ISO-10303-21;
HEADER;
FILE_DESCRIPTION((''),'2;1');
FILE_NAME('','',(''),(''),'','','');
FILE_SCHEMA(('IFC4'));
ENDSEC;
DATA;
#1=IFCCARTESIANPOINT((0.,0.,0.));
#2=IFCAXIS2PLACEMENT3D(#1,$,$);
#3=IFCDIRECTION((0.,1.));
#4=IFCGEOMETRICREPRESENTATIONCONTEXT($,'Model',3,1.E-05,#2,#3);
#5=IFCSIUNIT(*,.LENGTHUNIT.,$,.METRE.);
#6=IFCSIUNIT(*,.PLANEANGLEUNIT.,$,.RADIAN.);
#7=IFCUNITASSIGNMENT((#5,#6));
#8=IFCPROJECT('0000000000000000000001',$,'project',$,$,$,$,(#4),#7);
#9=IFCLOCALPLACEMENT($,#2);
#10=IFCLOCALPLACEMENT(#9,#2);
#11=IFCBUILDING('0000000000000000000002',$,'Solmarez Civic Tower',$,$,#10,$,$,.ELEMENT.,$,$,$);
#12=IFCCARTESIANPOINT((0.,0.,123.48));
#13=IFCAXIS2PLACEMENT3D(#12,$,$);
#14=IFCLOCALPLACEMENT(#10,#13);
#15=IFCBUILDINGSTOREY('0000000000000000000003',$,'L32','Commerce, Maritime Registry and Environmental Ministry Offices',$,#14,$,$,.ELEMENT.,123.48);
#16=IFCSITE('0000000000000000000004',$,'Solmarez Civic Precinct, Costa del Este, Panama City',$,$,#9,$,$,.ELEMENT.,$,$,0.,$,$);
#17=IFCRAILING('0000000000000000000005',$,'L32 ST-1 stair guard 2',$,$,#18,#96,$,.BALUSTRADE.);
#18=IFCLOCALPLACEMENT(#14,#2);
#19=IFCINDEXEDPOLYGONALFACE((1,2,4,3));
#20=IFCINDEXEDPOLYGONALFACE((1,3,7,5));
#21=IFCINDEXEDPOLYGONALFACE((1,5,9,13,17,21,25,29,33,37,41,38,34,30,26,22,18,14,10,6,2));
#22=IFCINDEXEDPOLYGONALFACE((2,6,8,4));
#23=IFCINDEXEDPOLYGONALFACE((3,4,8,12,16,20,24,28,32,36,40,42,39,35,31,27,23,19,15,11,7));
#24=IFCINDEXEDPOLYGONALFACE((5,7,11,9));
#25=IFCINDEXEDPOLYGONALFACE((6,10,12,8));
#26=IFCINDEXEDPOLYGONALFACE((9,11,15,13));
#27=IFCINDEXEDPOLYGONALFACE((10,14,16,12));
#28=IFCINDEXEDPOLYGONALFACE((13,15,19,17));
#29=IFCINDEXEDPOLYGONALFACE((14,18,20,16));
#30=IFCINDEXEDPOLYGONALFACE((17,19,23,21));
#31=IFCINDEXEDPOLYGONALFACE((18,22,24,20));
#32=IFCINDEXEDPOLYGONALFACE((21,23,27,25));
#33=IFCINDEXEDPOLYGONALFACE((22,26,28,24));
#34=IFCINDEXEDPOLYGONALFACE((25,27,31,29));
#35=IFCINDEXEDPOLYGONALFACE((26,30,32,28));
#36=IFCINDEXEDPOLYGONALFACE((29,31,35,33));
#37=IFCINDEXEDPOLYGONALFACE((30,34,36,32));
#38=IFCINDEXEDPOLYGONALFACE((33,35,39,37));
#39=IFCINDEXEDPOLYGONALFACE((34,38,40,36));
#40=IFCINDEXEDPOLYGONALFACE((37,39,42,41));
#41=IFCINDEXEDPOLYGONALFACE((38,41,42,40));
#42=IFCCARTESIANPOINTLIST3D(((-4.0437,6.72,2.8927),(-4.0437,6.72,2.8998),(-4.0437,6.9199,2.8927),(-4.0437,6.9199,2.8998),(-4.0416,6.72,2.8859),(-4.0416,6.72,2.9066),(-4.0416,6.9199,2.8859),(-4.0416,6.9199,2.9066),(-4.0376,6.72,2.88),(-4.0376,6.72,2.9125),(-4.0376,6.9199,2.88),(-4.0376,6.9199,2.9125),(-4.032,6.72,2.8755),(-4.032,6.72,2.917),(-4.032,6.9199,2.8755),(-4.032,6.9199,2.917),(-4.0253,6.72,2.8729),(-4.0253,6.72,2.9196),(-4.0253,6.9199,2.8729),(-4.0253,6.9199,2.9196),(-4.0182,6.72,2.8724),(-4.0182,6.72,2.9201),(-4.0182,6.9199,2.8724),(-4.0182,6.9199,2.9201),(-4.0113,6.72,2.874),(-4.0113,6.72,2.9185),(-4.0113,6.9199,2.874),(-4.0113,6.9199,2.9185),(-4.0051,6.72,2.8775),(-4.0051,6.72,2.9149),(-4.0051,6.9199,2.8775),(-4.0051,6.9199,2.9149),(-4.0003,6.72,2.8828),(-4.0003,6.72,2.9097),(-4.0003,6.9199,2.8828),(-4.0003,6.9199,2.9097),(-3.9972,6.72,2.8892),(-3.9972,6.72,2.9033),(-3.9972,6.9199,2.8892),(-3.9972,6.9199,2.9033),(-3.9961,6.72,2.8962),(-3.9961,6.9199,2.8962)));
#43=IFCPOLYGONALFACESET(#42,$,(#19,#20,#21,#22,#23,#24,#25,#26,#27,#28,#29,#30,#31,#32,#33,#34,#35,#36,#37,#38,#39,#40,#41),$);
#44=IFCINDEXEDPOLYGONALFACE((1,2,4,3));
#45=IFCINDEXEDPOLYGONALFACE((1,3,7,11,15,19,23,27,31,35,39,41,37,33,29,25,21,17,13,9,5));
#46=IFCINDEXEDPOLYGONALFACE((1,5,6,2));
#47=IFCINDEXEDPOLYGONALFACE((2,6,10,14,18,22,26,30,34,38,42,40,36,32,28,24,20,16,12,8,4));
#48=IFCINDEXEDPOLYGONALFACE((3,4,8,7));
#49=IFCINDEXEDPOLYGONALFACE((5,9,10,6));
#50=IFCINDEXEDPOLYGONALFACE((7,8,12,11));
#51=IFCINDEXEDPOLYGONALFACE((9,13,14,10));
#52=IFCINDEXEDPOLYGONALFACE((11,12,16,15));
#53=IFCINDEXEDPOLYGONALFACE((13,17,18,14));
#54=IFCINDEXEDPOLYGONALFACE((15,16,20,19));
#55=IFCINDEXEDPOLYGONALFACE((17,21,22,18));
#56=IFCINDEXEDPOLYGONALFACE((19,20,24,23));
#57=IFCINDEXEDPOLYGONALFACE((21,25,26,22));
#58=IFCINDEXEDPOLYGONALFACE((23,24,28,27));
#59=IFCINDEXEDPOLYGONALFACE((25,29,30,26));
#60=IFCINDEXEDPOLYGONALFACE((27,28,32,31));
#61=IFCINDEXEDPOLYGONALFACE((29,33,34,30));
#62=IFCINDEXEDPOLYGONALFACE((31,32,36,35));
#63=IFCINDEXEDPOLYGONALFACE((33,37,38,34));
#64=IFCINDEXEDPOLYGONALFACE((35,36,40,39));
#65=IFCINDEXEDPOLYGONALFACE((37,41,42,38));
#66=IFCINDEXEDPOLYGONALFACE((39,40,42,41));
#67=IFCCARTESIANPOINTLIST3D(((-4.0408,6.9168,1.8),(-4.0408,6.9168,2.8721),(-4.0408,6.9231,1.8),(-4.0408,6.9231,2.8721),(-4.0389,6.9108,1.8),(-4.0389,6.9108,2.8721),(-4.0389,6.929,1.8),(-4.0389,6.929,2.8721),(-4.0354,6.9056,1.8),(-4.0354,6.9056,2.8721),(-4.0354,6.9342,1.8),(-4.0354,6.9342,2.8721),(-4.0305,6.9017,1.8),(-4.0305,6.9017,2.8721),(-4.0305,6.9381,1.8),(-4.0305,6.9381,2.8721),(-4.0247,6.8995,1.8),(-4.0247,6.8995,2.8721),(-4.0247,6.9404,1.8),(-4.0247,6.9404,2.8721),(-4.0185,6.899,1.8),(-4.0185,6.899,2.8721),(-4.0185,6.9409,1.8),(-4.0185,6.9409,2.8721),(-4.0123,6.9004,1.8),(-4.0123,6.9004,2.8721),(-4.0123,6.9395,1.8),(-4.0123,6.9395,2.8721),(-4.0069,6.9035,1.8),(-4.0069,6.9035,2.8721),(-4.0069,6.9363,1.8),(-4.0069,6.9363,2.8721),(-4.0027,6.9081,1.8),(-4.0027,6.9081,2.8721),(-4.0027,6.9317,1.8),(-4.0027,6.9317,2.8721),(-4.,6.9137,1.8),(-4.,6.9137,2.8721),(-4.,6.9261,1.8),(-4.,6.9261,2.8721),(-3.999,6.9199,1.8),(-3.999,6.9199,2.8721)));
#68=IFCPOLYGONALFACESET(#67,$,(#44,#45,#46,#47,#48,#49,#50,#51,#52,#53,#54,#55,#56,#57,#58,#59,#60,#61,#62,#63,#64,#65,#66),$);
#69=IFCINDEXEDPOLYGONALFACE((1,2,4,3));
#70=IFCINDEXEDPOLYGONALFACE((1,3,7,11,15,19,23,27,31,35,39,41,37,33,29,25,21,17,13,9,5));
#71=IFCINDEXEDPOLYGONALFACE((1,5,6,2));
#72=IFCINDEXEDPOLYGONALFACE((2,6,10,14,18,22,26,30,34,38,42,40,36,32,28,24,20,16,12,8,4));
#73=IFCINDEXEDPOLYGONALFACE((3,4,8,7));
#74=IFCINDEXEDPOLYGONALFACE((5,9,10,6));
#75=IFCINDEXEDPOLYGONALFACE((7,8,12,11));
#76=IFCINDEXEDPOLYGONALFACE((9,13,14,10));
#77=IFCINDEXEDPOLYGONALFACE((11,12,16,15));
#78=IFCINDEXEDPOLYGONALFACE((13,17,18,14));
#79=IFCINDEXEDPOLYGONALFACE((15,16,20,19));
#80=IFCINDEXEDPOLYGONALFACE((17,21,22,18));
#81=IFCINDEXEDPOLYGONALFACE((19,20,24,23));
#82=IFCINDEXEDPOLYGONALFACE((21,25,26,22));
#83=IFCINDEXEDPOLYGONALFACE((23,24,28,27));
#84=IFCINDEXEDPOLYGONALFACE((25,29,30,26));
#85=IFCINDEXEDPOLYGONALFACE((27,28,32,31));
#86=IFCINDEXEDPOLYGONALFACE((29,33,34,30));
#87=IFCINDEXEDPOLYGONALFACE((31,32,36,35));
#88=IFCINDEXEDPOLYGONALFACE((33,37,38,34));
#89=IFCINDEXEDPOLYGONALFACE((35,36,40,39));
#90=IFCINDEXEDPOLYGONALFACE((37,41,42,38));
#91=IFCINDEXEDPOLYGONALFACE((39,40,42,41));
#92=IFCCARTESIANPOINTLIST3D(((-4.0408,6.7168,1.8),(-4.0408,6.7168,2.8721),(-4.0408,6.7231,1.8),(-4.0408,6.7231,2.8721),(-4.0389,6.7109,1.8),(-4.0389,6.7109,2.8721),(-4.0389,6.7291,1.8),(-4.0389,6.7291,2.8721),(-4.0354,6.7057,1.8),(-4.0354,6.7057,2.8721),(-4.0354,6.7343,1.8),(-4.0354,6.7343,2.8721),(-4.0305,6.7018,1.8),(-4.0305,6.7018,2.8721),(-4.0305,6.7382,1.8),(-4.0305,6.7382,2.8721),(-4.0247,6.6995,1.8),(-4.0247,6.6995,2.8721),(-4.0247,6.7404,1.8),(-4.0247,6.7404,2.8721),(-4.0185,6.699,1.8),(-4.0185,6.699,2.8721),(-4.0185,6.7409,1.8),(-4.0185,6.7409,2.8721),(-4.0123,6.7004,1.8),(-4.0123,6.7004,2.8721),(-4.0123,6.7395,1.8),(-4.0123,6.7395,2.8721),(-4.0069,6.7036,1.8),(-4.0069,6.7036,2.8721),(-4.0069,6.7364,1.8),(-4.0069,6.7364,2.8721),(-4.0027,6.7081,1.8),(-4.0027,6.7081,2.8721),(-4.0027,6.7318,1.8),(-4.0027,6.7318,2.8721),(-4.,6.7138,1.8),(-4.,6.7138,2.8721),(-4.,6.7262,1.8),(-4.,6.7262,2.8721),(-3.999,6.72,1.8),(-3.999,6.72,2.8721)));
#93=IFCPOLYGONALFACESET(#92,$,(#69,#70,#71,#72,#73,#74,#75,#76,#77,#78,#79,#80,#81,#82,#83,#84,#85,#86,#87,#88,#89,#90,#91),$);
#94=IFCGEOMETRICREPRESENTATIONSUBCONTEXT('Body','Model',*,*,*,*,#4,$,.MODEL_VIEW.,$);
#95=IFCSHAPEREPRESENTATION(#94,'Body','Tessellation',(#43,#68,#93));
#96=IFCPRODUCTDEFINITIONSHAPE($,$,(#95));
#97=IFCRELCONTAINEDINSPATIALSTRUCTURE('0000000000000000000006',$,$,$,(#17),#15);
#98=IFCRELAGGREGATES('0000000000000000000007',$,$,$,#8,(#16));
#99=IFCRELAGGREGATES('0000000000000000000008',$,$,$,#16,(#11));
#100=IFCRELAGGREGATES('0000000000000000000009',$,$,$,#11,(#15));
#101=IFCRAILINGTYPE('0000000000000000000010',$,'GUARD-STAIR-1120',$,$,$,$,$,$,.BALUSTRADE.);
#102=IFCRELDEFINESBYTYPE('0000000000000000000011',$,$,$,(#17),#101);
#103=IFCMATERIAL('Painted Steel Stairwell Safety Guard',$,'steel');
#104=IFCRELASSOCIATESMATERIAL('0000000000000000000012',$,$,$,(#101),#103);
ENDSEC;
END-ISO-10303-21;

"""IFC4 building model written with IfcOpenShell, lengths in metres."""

from ifc_helpers import new_model, si_unit, direction, frame, origin, origin_2d, place, context, subcontext, project, spatial, circle, extrude, material, type_object, element, save


model = new_model("IFC4")

# Units and contexts
model_context = context("Model", 3, precision=1e-05, world=origin(), true_north=direction((0.0, 1.0)))
body_context = subcontext(model_context, "Body", "Model", "MODEL_VIEW")
ifc_project = project(units=[si_unit("LENGTHUNIT", "METRE"), si_unit("PLANEANGLEUNIT", "RADIAN")], contexts=[model_context])

# Site, building, storey
site_placement = place(None, origin())
site = spatial("IfcSite", under=ifc_project, at=site_placement, Name="Solmarez Civic Precinct, Costa del Este, Panama City", CompositionType="ELEMENT", RefElevation=0.0)
building_placement = place(site_placement, origin())
building = spatial("IfcBuilding", under=site, at=building_placement, Name="Solmarez Civic Tower", CompositionType="ELEMENT")
storey_placement = place(building_placement, frame((0.0, 0.0, 123.48)))
storey = spatial("IfcBuildingStorey", under=building, at=storey_placement, Name="L32", Description="Commerce, Maritime Registry and Environmental Ministry Offices", CompositionType="ELEMENT", Elevation=123.48)

# Railing
ifc_material_1 = material(Name="Painted Steel Stairwell Safety Guard", Category="steel")
railing_type_1 = type_object("IfcRailingType", Name="GUARD-STAIR-1120", PredefinedType="BALUSTRADE", material=ifc_material_1)
railing_1_placement = place(storey_placement, frame((-4.02, 6.9199, 1.8)))
element("IfcRailing", 1, at=railing_1_placement, inside=storey, type_object=railing_type_1, Name="L32 ST-1 stair guard 2", PredefinedType="BALUSTRADE", context=body_context, shape_type="SweptSolid", body=[
    extrude(circle(Radius=0.0239, at=origin_2d()), frame((0.0, 0.0, 1.0962), z_axis=(0.0, -1.0, 0.0), x_axis=(1.0, 0.0, 0.0)), (0.0, 0.0, 1.0), 0.2),
    extrude(circle(Radius=0.021, at=origin_2d()), origin(), (0.0, 0.0, 1.0), 1.072),
    extrude(circle(Radius=0.021, at=origin_2d()), frame((0.0, -0.2, 0.0)), (0.0, 0.0, 1.0), 1.072),
])

save(model, "model.ifc")
